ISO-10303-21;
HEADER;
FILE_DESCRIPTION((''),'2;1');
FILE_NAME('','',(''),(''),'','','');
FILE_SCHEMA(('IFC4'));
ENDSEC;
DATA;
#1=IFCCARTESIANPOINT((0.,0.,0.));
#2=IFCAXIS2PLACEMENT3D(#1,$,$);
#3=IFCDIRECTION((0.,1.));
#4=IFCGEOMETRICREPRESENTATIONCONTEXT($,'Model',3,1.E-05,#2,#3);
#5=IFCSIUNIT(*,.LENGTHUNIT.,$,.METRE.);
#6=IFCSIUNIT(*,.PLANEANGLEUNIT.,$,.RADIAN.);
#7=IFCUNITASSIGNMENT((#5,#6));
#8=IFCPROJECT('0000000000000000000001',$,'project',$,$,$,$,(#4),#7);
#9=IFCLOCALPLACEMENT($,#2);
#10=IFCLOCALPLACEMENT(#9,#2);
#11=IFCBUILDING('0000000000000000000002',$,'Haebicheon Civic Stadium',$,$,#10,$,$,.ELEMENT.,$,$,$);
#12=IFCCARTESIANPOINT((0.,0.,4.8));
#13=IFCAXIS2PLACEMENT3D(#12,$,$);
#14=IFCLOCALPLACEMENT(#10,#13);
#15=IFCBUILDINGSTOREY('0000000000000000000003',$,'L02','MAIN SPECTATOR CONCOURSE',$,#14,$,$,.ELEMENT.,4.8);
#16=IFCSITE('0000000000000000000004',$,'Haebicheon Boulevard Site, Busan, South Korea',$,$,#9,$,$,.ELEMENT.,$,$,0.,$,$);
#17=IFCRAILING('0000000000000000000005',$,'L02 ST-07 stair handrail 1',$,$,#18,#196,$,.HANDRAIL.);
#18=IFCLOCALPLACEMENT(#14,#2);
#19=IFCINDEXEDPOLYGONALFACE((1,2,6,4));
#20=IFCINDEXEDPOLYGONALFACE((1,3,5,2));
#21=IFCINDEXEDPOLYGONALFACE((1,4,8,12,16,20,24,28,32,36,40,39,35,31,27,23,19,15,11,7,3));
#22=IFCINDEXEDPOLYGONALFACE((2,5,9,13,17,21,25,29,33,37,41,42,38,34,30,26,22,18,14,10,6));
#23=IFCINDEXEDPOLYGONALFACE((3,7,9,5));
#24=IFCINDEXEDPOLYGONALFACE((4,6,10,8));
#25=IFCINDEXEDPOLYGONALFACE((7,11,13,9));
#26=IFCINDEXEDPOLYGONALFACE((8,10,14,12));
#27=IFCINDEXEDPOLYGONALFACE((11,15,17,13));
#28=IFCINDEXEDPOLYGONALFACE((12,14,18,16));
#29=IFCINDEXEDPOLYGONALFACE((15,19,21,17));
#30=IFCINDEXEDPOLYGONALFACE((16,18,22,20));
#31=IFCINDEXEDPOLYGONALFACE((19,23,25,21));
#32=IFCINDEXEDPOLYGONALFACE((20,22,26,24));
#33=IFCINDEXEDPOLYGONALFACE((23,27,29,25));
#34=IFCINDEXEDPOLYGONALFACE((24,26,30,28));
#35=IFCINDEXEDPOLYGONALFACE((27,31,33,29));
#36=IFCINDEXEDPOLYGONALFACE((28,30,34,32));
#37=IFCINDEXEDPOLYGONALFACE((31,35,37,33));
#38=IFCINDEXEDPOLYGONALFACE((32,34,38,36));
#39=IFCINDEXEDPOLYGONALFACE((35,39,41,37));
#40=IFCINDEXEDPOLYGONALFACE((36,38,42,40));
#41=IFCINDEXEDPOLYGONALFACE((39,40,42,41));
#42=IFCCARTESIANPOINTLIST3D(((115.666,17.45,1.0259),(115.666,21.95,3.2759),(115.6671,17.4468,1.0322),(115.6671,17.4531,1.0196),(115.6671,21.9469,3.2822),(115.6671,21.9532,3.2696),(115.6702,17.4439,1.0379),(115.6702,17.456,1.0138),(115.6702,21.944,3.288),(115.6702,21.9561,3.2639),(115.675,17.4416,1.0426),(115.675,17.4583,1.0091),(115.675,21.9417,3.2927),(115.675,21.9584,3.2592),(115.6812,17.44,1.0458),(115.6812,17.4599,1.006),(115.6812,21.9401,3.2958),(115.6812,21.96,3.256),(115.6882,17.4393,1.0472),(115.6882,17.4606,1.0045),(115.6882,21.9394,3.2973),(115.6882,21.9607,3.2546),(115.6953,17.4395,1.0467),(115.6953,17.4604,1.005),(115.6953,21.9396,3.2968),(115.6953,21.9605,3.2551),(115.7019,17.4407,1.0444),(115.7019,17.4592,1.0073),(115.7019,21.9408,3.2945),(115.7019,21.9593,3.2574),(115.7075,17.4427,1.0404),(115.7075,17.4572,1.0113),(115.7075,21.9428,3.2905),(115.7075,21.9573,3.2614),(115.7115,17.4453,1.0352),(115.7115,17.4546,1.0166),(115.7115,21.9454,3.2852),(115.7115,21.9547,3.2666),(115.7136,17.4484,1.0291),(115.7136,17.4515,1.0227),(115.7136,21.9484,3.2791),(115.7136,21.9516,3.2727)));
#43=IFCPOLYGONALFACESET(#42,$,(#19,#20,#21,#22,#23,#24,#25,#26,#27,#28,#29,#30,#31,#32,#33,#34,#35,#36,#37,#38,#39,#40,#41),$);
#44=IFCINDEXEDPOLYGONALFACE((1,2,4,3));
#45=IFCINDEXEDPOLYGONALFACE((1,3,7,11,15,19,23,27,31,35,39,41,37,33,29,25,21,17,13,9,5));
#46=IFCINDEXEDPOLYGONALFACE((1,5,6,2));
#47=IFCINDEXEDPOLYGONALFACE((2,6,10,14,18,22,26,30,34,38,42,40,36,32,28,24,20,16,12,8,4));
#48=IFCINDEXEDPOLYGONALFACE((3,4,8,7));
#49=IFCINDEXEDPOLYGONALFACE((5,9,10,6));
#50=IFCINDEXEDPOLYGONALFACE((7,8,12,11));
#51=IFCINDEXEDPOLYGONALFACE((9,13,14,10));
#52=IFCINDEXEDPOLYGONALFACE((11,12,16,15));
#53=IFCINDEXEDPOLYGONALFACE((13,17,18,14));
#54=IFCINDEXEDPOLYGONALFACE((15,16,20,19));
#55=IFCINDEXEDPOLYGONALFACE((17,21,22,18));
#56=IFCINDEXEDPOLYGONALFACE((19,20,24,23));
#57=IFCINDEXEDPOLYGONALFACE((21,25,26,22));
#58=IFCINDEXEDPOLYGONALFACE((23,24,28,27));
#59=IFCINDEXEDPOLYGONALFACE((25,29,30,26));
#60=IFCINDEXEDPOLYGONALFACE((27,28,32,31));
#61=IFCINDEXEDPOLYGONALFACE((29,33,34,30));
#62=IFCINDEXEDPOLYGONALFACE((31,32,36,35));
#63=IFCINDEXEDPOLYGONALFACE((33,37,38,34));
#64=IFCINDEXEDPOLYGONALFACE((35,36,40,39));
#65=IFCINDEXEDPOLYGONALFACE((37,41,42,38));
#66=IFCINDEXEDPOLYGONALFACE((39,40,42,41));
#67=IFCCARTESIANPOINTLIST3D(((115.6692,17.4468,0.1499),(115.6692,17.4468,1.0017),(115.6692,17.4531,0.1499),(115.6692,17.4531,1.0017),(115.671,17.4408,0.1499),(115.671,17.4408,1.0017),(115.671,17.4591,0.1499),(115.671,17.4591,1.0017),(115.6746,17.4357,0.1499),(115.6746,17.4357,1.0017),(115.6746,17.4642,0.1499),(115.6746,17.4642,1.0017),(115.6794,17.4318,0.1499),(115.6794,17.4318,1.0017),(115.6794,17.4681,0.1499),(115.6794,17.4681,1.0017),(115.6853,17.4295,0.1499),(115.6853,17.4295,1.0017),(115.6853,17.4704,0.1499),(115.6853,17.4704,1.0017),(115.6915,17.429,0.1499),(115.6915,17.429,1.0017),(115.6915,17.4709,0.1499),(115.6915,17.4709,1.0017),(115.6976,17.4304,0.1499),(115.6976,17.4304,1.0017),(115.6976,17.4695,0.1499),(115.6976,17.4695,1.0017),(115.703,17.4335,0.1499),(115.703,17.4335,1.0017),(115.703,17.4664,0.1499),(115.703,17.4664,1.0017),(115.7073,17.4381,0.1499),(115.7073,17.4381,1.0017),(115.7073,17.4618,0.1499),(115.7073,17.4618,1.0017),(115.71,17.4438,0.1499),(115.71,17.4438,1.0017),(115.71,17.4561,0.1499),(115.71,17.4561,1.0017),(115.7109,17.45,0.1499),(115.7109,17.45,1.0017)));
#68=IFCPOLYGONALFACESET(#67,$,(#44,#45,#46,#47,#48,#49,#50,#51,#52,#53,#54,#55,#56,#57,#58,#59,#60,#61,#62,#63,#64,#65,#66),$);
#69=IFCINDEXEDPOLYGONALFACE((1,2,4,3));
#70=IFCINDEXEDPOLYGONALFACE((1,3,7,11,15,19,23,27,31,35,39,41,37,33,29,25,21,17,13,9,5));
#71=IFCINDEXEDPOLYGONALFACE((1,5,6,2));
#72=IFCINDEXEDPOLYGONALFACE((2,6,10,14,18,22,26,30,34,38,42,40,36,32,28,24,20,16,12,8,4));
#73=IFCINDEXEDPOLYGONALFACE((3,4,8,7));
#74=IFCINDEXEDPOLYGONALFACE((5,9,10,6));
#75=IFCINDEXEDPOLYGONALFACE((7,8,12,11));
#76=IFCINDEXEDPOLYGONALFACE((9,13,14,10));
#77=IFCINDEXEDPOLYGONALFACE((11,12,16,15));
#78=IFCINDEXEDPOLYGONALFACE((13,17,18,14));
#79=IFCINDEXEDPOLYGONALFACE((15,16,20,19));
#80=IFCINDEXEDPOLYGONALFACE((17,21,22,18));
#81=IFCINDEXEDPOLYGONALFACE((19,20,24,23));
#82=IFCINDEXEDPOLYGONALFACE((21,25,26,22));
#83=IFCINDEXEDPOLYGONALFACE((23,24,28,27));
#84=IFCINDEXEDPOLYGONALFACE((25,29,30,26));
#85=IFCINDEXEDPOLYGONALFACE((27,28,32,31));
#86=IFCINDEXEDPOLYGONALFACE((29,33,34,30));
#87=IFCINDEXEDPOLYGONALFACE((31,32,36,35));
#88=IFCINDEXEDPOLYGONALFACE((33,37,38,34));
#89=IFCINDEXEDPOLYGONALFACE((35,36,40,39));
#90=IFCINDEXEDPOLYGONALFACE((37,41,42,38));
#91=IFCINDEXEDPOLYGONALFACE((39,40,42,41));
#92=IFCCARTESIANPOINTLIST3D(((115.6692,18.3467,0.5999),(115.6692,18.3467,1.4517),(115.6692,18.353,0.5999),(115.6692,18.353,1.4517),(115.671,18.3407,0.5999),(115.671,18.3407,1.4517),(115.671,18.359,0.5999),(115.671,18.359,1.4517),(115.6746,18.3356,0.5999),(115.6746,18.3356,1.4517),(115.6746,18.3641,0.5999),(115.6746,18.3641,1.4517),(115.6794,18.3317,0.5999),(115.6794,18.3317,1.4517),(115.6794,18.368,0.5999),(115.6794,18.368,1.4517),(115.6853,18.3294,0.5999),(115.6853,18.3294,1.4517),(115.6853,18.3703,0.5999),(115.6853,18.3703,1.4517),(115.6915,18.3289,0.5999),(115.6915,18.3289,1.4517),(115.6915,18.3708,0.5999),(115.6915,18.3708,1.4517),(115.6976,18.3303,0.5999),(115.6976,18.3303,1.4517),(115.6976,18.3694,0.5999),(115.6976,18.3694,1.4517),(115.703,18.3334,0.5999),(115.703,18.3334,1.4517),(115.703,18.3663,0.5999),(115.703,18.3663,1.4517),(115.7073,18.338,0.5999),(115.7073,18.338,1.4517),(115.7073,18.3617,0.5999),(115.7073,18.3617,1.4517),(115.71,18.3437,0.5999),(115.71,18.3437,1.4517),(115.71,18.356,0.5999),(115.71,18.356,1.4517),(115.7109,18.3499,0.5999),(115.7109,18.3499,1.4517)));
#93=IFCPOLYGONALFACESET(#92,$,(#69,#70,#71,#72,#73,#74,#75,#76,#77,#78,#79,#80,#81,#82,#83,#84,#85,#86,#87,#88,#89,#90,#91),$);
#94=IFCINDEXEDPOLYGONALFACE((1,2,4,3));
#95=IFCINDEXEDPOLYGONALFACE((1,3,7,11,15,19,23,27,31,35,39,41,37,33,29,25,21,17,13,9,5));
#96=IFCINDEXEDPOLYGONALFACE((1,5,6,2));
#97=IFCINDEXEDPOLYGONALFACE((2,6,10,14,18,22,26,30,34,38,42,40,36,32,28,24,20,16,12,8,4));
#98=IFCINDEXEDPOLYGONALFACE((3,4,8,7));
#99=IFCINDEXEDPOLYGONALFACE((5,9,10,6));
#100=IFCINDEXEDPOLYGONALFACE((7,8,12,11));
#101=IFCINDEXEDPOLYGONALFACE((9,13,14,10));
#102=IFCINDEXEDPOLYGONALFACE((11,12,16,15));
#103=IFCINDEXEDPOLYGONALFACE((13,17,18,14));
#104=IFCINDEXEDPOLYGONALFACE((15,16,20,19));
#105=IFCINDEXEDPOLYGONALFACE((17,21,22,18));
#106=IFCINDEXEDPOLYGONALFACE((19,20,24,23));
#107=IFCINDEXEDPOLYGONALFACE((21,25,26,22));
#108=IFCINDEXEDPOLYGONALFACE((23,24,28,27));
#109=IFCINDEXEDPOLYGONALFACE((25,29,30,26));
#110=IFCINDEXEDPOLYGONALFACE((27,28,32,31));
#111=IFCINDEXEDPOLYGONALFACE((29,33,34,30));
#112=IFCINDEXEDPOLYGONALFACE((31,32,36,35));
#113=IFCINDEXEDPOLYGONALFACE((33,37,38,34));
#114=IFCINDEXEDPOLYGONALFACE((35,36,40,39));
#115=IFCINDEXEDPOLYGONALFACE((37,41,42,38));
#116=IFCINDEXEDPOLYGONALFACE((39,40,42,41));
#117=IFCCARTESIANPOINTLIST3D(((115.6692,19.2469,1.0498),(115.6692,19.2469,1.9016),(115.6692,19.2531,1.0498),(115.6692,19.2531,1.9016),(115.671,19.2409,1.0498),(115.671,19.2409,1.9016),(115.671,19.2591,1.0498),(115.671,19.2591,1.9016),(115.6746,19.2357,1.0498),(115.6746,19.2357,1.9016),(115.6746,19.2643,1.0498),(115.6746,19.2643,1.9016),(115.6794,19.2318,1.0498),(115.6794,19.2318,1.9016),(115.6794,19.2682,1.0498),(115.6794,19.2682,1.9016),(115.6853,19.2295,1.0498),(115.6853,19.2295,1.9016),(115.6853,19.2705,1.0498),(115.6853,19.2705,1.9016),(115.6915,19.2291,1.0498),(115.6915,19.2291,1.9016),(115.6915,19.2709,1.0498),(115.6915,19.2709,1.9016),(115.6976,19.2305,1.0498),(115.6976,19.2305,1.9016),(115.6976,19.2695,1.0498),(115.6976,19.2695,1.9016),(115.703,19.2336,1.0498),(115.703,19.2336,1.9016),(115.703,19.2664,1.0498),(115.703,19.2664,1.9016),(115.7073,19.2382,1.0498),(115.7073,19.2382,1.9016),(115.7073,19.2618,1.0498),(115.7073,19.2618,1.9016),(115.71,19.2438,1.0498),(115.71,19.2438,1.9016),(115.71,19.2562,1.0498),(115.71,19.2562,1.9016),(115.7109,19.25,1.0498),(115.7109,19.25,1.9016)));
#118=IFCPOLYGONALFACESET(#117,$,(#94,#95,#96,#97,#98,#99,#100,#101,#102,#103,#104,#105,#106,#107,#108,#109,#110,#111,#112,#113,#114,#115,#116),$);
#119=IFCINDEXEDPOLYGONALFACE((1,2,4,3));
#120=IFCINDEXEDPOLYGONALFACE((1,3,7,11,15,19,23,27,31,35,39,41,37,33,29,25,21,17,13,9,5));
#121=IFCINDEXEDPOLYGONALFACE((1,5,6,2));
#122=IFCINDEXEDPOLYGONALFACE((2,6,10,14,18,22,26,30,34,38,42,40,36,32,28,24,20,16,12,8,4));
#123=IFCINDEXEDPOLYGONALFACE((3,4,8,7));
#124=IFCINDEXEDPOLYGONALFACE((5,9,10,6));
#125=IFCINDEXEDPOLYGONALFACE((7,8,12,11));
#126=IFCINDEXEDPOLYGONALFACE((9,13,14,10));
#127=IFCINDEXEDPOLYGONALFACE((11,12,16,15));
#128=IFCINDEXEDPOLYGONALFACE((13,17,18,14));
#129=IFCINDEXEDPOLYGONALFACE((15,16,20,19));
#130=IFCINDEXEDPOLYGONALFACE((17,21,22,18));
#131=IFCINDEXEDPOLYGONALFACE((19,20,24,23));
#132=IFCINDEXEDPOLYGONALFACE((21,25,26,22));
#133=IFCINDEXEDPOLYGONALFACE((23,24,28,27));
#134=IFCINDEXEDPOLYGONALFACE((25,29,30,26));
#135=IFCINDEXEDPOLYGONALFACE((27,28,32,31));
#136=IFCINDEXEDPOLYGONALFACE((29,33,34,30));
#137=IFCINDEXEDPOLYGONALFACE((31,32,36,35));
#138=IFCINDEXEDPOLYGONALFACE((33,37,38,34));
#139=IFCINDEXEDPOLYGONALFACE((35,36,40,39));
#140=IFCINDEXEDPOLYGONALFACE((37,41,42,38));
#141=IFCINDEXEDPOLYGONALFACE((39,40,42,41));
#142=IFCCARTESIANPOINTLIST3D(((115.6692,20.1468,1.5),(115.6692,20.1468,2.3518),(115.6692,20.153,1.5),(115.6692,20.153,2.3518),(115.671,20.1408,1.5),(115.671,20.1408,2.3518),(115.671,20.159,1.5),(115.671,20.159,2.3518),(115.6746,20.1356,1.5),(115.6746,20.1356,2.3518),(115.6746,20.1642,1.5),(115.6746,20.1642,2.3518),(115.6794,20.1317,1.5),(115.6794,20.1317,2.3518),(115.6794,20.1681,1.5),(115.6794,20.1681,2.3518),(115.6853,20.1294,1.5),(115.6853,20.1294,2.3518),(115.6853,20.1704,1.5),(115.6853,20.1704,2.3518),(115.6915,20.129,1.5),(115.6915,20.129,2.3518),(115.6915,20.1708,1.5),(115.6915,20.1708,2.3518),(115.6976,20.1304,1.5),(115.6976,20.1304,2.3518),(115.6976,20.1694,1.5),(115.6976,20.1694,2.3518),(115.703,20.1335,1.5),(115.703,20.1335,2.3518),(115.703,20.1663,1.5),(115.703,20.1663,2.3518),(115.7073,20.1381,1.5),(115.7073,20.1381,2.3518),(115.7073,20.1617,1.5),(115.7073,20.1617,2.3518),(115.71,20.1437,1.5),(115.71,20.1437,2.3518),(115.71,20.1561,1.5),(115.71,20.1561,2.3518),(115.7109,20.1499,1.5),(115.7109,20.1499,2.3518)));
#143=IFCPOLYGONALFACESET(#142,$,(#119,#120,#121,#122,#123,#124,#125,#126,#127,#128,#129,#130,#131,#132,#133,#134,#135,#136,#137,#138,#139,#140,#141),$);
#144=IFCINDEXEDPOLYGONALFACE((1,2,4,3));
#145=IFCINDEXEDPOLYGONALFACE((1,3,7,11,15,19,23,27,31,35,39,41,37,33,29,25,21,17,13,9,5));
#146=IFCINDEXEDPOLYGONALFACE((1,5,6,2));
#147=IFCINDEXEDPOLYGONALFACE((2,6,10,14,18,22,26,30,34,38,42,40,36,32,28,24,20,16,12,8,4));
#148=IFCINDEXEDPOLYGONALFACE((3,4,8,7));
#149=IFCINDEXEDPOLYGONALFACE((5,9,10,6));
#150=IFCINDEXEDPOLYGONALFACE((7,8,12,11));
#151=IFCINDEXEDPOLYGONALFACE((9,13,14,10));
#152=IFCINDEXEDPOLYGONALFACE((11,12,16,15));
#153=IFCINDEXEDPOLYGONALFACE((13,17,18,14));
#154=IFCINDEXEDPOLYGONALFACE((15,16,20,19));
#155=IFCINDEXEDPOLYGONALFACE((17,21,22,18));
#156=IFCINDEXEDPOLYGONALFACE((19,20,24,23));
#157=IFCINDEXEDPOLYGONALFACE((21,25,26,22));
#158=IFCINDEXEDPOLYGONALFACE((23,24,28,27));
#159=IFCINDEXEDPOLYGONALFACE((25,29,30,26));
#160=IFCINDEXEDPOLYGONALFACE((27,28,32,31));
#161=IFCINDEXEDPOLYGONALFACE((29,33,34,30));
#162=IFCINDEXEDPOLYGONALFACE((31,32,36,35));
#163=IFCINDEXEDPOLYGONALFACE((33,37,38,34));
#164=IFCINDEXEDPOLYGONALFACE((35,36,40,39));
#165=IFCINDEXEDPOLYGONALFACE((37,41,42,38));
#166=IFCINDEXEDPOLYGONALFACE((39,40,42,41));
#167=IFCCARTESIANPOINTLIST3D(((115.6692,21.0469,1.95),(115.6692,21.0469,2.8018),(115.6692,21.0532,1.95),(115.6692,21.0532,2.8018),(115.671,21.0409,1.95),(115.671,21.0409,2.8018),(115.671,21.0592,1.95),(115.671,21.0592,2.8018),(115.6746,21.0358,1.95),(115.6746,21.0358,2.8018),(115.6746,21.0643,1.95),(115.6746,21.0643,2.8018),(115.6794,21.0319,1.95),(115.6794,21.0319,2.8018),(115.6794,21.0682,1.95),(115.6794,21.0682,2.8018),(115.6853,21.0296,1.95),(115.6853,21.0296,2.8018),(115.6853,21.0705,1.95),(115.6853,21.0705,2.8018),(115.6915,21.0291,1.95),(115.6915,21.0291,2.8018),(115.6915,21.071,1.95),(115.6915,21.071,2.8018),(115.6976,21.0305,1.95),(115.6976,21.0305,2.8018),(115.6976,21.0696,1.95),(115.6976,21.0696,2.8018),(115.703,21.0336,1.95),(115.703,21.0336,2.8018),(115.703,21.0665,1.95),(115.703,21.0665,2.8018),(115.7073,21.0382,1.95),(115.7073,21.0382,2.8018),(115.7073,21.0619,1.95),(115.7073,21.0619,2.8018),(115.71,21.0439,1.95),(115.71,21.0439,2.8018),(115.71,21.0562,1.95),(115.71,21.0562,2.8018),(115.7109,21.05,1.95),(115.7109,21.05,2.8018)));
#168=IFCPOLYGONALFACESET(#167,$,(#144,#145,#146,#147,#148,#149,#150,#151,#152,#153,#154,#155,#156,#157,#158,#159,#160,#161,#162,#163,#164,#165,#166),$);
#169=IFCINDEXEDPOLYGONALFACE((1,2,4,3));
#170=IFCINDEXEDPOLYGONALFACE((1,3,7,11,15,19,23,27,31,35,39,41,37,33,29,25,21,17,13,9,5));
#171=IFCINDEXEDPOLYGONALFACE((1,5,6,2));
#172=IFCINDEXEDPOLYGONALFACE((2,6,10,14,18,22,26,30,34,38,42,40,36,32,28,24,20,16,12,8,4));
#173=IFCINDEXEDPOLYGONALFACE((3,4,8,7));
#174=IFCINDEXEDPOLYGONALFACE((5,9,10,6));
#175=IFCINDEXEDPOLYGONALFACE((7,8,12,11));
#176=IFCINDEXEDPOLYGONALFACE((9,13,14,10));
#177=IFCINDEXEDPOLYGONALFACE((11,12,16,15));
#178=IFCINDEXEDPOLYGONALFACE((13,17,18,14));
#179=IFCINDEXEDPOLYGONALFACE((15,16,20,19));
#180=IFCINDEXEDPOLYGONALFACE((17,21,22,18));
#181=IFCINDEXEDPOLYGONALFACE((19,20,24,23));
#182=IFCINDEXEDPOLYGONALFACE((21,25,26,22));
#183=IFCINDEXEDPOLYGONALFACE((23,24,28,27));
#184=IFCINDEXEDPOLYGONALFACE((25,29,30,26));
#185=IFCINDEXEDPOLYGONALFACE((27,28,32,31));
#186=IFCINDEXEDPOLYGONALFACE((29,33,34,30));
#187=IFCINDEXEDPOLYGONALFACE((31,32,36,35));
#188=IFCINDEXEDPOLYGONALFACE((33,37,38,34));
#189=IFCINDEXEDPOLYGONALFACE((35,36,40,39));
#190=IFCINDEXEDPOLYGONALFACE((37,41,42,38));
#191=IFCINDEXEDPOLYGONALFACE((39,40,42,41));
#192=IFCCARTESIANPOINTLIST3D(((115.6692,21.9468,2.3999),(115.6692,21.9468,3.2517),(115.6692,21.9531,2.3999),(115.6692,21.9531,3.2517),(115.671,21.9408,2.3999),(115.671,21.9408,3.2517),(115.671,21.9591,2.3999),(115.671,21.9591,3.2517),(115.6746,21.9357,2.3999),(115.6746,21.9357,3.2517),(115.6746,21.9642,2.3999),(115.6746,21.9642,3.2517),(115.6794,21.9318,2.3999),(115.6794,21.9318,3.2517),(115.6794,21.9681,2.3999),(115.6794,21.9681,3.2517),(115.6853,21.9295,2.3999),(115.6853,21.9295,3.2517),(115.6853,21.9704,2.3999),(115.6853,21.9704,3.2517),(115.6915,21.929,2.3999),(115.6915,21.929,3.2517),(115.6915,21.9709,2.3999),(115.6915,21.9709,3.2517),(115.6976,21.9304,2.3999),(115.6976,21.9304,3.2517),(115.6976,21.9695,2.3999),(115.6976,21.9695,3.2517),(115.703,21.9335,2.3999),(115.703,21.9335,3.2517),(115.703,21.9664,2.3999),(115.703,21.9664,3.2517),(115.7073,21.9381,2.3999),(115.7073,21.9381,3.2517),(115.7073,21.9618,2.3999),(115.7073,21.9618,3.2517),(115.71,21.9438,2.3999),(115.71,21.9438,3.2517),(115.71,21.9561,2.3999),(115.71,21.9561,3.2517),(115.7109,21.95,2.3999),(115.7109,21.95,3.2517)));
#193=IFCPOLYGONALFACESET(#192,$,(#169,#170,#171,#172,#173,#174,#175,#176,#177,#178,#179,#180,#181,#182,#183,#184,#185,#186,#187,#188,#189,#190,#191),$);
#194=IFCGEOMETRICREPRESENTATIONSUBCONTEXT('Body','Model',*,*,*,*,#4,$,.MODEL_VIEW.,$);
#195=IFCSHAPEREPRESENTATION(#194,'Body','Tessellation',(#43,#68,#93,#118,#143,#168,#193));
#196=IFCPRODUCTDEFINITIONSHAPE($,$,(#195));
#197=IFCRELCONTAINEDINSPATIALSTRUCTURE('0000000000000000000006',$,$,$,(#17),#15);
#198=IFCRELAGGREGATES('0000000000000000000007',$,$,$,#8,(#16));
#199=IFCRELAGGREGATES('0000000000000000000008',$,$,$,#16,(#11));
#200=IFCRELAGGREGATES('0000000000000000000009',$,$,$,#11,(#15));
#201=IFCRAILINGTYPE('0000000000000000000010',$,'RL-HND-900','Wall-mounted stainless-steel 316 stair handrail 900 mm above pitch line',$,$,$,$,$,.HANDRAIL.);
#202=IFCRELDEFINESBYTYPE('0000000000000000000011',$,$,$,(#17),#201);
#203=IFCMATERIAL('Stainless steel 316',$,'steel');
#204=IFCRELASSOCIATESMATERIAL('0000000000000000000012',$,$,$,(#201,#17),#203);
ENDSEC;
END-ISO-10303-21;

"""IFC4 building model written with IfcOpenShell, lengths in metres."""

from ifc_helpers import new_model, si_unit, direction, frame, origin, origin_2d, place, context, subcontext, project, spatial, circle, extrude, material, type_object, element, save


model = new_model("IFC4")

# Units and contexts
model_context = context("Model", 3, precision=1e-05, world=origin(), true_north=direction((0.0, 1.0)))
body_context = subcontext(model_context, "Body", "Model", "MODEL_VIEW")
ifc_project = project(units=[si_unit("LENGTHUNIT", "METRE"), si_unit("PLANEANGLEUNIT", "RADIAN")], contexts=[model_context])

# Site, building, storey
site_placement = place(None, origin())
site = spatial("IfcSite", under=ifc_project, at=site_placement, Name="Haebicheon Boulevard Site, Busan, South Korea", CompositionType="ELEMENT", RefElevation=0.0)
building_placement = place(site_placement, origin())
building = spatial("IfcBuilding", under=site, at=building_placement, Name="Haebicheon Civic Stadium", CompositionType="ELEMENT")
storey_placement = place(building_placement, frame((0.0, 0.0, 4.8)))
storey = spatial("IfcBuildingStorey", under=building, at=storey_placement, Name="L02", Description="MAIN SPECTATOR CONCOURSE", CompositionType="ELEMENT", Elevation=4.8)

# Railing
ifc_material_1 = material(Name="Stainless steel 316", Category="steel")
railing_type_1 = type_object("IfcRailingType", Name="RL-HND-900", Description="Wall-mounted stainless-steel 316 stair handrail 900 mm above pitch line", PredefinedType="HANDRAIL", material=ifc_material_1)
railing_1_placement = place(storey_placement, frame((115.6899, 17.45, 0.1499)))
element("IfcRailing", 1, at=railing_1_placement, inside=storey, type_object=railing_type_1, material=ifc_material_1, Name="L02 ST-07 stair handrail 1", PredefinedType="HANDRAIL", context=body_context, shape_type="SweptSolid", body=[
    extrude(circle(Radius=0.0239, at=origin_2d()), frame((0.0, 0.0, 0.876), z_axis=(0.0, 0.894427, 0.447214), x_axis=(-1.0, 0.0, 0.0)), (0.0, 0.0, 1.0), 5.0312),
    extrude(circle(Radius=0.021, at=origin_2d()), origin(), (0.0, 0.0, 1.0), 0.8518),
    extrude(circle(Radius=0.021, at=origin_2d()), frame((0.0, 0.8999, 0.45)), (0.0, 0.0, 1.0), 0.8518),
    extrude(circle(Radius=0.021, at=origin_2d()), frame((0.0, 1.8, 0.8999)), (0.0, 0.0, 1.0), 0.8518),
    extrude(circle(Radius=0.021, at=origin_2d()), frame((0.0, 2.7, 1.3501)), (0.0, 0.0, 1.0), 0.8518),
    extrude(circle(Radius=0.021, at=origin_2d()), frame((0.0, 3.6001, 1.8)), (0.0, 0.0, 1.0), 0.8518),
    extrude(circle(Radius=0.021, at=origin_2d()), frame((0.0, 4.5, 2.25)), (0.0, 0.0, 1.0), 0.8518),
])

save(model, "model.ifc")
